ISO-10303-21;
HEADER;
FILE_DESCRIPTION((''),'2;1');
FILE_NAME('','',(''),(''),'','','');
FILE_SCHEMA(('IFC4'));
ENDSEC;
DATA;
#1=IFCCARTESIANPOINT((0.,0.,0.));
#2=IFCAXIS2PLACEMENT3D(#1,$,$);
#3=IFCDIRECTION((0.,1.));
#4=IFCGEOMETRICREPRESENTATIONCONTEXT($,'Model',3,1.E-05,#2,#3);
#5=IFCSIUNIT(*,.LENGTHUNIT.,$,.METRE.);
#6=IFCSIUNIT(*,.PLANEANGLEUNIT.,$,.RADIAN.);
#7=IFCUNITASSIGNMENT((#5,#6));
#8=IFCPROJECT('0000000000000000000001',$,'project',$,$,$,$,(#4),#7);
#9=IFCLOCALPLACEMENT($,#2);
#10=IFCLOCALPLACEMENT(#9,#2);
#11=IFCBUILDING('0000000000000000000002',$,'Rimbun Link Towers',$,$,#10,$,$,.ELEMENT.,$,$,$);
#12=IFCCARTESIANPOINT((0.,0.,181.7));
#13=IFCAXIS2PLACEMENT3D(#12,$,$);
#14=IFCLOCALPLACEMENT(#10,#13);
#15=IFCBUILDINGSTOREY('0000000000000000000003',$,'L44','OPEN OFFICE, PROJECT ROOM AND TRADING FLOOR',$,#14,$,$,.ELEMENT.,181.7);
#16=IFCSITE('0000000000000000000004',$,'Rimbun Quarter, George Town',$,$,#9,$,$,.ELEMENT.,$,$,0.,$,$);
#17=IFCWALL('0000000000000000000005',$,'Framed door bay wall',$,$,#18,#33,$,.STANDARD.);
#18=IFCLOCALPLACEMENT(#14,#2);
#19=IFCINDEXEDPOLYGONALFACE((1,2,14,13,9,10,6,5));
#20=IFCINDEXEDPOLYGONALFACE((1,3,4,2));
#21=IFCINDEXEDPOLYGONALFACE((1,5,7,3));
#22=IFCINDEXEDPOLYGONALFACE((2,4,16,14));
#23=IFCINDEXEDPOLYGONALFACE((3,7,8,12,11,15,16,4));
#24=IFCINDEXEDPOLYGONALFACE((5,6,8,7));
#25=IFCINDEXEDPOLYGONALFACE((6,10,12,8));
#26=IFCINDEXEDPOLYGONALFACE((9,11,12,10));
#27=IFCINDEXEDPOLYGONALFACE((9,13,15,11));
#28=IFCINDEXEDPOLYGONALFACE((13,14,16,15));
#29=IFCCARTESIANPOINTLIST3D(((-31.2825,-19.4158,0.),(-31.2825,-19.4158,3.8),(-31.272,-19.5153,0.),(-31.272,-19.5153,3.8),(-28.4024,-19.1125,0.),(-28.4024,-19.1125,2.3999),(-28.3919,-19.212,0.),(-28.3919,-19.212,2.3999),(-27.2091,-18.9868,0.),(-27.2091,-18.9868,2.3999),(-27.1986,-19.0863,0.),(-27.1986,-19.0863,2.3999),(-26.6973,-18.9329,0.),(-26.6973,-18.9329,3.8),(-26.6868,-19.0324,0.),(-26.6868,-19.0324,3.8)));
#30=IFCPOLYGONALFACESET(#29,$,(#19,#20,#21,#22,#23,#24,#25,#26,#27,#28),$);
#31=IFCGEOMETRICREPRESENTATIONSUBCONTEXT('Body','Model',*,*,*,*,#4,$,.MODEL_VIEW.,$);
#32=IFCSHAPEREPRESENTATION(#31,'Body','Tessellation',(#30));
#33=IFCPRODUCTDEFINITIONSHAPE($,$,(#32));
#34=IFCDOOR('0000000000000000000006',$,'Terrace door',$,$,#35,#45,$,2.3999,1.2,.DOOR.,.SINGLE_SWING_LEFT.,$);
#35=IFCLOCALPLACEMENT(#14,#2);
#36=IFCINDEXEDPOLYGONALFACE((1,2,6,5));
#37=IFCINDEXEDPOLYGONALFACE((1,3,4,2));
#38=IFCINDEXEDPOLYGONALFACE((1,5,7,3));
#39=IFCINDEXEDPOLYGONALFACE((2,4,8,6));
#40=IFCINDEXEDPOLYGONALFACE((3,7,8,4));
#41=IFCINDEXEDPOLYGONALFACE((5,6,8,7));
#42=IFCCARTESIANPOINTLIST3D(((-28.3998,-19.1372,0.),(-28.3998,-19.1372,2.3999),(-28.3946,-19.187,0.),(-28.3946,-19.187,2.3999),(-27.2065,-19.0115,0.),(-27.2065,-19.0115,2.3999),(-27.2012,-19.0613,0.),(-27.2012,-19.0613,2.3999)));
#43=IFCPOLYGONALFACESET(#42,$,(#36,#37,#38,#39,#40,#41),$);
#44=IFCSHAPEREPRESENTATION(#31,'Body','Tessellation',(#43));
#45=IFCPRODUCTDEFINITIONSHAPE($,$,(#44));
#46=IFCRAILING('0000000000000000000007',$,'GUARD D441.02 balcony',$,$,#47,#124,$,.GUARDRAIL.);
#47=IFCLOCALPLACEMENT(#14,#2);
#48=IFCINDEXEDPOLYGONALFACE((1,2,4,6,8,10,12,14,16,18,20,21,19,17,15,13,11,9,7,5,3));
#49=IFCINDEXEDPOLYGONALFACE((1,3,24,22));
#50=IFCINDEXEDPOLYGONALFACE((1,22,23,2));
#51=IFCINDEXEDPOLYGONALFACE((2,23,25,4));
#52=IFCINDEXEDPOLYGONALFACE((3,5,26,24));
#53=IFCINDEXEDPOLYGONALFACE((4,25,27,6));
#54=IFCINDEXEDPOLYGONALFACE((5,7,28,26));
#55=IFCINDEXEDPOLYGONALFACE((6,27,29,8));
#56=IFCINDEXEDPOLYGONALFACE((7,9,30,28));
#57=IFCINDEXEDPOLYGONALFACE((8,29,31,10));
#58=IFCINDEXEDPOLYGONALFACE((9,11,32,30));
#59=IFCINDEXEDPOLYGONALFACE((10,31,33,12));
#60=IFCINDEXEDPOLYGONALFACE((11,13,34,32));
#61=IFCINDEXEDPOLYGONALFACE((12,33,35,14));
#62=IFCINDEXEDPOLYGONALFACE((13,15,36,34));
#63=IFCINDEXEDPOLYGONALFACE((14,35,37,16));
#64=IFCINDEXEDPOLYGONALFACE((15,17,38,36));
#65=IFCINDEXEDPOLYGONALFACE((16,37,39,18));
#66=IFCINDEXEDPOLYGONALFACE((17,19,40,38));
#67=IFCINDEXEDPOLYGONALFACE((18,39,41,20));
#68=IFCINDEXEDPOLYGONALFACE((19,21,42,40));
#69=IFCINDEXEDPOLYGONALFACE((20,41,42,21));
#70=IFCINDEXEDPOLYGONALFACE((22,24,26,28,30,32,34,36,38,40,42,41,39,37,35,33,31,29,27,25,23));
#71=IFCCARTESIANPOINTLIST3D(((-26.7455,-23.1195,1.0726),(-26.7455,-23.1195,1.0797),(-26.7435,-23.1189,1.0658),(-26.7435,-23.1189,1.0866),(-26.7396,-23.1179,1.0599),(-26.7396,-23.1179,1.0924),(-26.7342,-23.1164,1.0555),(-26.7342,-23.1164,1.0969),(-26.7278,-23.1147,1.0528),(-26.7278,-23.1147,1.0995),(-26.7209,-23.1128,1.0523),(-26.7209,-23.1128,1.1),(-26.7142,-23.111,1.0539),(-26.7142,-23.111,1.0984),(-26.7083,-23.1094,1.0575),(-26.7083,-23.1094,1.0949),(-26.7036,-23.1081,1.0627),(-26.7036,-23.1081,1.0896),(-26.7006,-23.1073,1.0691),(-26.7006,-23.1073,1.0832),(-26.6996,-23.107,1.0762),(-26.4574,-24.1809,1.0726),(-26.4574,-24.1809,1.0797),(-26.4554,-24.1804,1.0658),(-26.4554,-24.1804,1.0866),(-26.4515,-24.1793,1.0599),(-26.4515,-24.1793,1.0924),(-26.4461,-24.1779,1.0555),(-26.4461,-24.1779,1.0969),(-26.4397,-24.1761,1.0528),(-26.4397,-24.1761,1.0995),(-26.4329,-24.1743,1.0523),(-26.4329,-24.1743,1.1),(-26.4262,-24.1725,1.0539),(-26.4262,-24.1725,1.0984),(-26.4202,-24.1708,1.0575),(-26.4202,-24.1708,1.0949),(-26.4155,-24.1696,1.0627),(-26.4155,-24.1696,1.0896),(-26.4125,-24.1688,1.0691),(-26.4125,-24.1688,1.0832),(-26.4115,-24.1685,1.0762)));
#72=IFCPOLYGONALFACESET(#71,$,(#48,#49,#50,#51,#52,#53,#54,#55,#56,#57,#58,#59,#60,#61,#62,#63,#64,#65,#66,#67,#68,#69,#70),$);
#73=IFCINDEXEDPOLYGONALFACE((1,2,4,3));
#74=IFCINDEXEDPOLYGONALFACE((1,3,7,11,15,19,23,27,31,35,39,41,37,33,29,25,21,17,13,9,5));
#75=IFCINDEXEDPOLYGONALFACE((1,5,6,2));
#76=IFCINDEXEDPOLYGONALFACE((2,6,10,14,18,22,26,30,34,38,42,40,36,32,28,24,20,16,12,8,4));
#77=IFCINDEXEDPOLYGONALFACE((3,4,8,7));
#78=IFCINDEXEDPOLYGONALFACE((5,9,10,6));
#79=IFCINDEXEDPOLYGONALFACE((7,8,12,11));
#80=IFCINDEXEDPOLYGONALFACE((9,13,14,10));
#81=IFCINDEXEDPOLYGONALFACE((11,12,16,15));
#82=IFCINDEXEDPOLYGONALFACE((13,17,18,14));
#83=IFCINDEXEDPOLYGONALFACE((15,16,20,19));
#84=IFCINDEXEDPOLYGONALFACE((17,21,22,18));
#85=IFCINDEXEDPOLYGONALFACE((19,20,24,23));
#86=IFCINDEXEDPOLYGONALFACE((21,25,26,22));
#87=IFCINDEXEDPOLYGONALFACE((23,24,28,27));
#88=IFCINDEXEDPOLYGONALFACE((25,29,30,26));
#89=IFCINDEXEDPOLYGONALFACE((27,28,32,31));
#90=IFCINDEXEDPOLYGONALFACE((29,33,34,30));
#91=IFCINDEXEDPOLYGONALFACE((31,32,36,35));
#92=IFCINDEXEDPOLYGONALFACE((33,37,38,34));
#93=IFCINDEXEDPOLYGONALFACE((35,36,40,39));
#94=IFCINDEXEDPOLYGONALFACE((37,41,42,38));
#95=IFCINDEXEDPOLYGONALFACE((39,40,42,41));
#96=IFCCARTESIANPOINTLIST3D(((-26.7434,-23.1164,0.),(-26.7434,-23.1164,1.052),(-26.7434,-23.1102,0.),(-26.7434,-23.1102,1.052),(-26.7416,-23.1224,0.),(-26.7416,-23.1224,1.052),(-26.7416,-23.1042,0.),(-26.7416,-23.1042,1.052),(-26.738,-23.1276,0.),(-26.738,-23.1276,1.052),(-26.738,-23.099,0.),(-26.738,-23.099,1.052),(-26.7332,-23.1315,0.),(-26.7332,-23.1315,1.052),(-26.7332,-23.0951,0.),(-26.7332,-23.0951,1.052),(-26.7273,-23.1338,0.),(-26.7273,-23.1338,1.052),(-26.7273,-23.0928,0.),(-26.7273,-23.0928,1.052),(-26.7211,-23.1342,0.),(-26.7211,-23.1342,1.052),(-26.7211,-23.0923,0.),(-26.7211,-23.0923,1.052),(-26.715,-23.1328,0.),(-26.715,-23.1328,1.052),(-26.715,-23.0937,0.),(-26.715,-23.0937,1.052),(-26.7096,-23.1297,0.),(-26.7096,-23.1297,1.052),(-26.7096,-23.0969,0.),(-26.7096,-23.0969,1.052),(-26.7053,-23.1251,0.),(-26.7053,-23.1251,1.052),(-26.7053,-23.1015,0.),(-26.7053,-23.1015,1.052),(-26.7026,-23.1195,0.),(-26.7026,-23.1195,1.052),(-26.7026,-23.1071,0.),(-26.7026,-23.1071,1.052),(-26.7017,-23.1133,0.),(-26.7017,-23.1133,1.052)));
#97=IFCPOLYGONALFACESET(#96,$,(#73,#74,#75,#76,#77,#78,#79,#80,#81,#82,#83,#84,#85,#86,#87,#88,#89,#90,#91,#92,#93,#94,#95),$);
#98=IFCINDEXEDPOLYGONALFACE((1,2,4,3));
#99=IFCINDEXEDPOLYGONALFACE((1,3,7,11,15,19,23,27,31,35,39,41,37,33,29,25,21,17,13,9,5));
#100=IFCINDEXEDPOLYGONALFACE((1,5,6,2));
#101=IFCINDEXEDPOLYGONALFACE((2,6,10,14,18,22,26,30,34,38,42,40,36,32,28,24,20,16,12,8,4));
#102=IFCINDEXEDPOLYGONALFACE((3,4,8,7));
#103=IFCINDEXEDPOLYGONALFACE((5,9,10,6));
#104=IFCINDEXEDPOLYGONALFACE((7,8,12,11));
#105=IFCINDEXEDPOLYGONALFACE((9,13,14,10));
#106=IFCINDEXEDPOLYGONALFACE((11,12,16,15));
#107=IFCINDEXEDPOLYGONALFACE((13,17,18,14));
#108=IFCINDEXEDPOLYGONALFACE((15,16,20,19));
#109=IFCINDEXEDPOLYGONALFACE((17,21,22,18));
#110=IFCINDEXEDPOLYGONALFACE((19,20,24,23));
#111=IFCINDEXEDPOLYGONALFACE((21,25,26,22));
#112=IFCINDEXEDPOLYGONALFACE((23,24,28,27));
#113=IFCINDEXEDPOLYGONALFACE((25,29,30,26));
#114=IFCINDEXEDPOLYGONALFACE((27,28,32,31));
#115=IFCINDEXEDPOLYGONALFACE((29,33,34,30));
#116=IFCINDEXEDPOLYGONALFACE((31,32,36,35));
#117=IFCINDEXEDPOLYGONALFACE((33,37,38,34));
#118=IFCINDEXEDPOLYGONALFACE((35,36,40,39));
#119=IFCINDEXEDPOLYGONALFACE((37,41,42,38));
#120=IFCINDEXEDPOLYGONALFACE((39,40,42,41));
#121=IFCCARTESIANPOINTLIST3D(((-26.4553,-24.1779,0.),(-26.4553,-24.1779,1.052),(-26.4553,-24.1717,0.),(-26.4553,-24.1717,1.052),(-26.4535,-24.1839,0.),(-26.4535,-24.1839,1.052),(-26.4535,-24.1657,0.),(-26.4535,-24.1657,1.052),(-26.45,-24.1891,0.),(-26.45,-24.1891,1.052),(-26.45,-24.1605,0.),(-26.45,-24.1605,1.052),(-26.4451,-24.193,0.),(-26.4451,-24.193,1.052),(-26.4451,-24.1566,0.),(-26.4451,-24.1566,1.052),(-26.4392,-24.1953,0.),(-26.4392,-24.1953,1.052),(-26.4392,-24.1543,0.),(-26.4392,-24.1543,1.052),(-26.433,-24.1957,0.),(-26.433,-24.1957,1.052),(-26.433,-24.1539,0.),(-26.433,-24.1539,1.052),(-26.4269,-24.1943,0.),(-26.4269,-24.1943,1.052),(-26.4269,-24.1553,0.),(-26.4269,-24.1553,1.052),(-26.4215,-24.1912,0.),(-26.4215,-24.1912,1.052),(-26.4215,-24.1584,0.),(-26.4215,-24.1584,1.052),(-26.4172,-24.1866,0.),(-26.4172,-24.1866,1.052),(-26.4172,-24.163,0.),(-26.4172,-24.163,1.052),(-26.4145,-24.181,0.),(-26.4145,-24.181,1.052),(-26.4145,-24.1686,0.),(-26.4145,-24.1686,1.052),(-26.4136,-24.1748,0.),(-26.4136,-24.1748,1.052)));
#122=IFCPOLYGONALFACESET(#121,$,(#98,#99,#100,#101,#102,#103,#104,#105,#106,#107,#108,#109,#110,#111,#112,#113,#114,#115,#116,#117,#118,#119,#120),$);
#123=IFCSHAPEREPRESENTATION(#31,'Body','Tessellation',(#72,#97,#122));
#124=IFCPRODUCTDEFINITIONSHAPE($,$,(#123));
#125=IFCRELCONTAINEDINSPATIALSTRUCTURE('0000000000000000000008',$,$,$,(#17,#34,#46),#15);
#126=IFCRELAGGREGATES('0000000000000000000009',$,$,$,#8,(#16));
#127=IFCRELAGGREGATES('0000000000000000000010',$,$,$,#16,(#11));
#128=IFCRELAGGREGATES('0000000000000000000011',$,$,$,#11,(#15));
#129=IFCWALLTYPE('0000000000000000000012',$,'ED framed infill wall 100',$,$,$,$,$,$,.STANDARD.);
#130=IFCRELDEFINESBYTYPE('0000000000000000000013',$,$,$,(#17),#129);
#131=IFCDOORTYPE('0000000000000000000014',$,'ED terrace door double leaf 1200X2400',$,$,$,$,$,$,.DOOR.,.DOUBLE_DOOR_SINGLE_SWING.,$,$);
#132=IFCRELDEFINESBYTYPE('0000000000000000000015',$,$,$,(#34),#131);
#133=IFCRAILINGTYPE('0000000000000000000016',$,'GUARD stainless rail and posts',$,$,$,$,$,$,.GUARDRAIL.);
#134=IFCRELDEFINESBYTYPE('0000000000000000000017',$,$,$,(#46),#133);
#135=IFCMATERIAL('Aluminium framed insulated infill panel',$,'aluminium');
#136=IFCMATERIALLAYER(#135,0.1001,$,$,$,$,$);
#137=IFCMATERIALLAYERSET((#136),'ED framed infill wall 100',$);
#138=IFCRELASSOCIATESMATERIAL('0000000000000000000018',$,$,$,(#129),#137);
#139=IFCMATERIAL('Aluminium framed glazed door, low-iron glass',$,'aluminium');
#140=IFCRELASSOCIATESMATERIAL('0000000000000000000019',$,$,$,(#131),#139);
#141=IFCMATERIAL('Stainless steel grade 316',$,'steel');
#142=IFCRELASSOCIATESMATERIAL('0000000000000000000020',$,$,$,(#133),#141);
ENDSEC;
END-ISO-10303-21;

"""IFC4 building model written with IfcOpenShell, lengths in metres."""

from ifc_helpers import new_model, si_unit, direction, frame, frame_2d, origin, origin_2d, place, context, subcontext, project, spatial, rectangle, circle, extrude, material, layer, layer_set, type_object, element, fill, save


model = new_model("IFC4")

# Units and contexts
model_context = context("Model", 3, precision=1e-05, world=origin(), true_north=direction((0.0, 1.0)))
body_context = subcontext(model_context, "Body", "Model", "MODEL_VIEW")
ifc_project = project(units=[si_unit("LENGTHUNIT", "METRE"), si_unit("PLANEANGLEUNIT", "RADIAN")], contexts=[model_context])

# Site, building, storey
site_placement = place(None, origin())
site = spatial("IfcSite", under=ifc_project, at=site_placement, Name="Rimbun Quarter, George Town", CompositionType="ELEMENT", RefElevation=0.0)
building_placement = place(site_placement, origin())
building = spatial("IfcBuilding", under=site, at=building_placement, Name="Rimbun Link Towers", CompositionType="ELEMENT")
storey_placement = place(building_placement, frame((0.0, 0.0, 181.7)))
storey = spatial("IfcBuildingStorey", under=building, at=storey_placement, Name="L44", Description="OPEN OFFICE, PROJECT ROOM AND TRADING FLOOR", CompositionType="ELEMENT", Elevation=181.7)

# Wall, opening, door
ifc_material_1 = material(Name="Aluminium framed insulated infill panel", Category="aluminium")
ifc_layer_1 = layer(ifc_material_1, 0.1001)
ifc_layer_set_1 = layer_set([ifc_layer_1], Name="ED framed infill wall 100")
wall_type_1 = type_object("IfcWallType", Name="ED framed infill wall 100", PredefinedType="STANDARD", material=ifc_layer_set_1)
wall_1_placement = place(storey_placement, frame((-26.6921, -18.9827, 0.0), z_axis=(0.0, 0.0, 1.0), x_axis=(-0.9945, -0.10474, 0.0)))
wall_1 = element("IfcWall", 1, at=wall_1_placement, inside=storey, type_object=wall_type_1, Name="Framed door bay wall", PredefinedType="STANDARD", context=body_context, shape_type="SweptSolid", body=[
    extrude(rectangle(XDim=4.6106, YDim=0.1001, at=frame_2d((2.3052, 0.0))), origin(), (0.0, 0.0, 1.0), 3.8),
])
opening_1_placement = place(wall_1_placement, frame((0.5144, 0.0, 0.0)))
opening_1 = element("IfcOpeningElement", 2, at=opening_1_placement, cuts=wall_1, PredefinedType="OPENING", context=body_context, shape_type="SweptSolid", body=[
    extrude(rectangle(XDim=1.2, YDim=2.3999, at=frame_2d((0.6001, 1.2))), frame((0.0, 0.0601, 0.0), z_axis=(0.0, -1.0, 0.0), x_axis=(1.0, 0.0, 0.0)), (0.0, 0.0, 1.0), 0.1201),
])
ifc_material_2 = material(Name="Aluminium framed glazed door, low-iron glass", Category="aluminium")
door_type_1 = type_object("IfcDoorType", Name="ED terrace door double leaf 1200X2400", OperationType="DOUBLE_DOOR_SINGLE_SWING", PredefinedType="DOOR", material=ifc_material_2)
door_1_placement = place(opening_1_placement, origin())
door_1 = element("IfcDoor", 3, at=door_1_placement, inside=storey, type_object=door_type_1, Name="Terrace door", OperationType="SINGLE_SWING_LEFT", OverallHeight=2.3999, OverallWidth=1.2, PredefinedType="DOOR", context=body_context, shape_type="SweptSolid", body=[
    extrude(rectangle(XDim=1.2, YDim=2.3999, at=frame_2d((0.6001, 1.2))), frame((0.0, 0.0249, 0.0), z_axis=(0.0, -1.0, 0.0), x_axis=(1.0, 0.0, 0.0)), (0.0, 0.0, 1.0), 0.05),
])
fill(opening_1, door_1)

# Railing
ifc_material_3 = material(Name="Stainless steel grade 316", Category="steel")
railing_type = type_object("IfcRailingType", Name="GUARD stainless rail and posts", PredefinedType="GUARDRAIL", material=ifc_material_3)
railing_1_placement = place(storey_placement, frame((-26.7227, -23.1133, 0.0)))
element("IfcRailing", 4, at=railing_1_placement, inside=storey, type_object=railing_type, Name="GUARD D441.02 balcony", PredefinedType="GUARDRAIL", context=body_context, shape_type="SweptSolid", body=[
    extrude(circle(Radius=0.0239, at=origin_2d()), frame((0.0, 0.0, 1.0762), z_axis=(0.261915, -0.965091, 0.0), x_axis=(0.965091, 0.261915, 0.0)), (0.0, 0.0, 1.0), 1.0999),
    extrude(circle(Radius=0.021, at=origin_2d()), origin(), (0.0, 0.0, 1.0), 1.052),
    extrude(circle(Radius=0.021, at=origin_2d()), frame((0.2881, -1.0615, 0.0)), (0.0, 0.0, 1.0), 1.052),
])

save(model, "model.ifc")
